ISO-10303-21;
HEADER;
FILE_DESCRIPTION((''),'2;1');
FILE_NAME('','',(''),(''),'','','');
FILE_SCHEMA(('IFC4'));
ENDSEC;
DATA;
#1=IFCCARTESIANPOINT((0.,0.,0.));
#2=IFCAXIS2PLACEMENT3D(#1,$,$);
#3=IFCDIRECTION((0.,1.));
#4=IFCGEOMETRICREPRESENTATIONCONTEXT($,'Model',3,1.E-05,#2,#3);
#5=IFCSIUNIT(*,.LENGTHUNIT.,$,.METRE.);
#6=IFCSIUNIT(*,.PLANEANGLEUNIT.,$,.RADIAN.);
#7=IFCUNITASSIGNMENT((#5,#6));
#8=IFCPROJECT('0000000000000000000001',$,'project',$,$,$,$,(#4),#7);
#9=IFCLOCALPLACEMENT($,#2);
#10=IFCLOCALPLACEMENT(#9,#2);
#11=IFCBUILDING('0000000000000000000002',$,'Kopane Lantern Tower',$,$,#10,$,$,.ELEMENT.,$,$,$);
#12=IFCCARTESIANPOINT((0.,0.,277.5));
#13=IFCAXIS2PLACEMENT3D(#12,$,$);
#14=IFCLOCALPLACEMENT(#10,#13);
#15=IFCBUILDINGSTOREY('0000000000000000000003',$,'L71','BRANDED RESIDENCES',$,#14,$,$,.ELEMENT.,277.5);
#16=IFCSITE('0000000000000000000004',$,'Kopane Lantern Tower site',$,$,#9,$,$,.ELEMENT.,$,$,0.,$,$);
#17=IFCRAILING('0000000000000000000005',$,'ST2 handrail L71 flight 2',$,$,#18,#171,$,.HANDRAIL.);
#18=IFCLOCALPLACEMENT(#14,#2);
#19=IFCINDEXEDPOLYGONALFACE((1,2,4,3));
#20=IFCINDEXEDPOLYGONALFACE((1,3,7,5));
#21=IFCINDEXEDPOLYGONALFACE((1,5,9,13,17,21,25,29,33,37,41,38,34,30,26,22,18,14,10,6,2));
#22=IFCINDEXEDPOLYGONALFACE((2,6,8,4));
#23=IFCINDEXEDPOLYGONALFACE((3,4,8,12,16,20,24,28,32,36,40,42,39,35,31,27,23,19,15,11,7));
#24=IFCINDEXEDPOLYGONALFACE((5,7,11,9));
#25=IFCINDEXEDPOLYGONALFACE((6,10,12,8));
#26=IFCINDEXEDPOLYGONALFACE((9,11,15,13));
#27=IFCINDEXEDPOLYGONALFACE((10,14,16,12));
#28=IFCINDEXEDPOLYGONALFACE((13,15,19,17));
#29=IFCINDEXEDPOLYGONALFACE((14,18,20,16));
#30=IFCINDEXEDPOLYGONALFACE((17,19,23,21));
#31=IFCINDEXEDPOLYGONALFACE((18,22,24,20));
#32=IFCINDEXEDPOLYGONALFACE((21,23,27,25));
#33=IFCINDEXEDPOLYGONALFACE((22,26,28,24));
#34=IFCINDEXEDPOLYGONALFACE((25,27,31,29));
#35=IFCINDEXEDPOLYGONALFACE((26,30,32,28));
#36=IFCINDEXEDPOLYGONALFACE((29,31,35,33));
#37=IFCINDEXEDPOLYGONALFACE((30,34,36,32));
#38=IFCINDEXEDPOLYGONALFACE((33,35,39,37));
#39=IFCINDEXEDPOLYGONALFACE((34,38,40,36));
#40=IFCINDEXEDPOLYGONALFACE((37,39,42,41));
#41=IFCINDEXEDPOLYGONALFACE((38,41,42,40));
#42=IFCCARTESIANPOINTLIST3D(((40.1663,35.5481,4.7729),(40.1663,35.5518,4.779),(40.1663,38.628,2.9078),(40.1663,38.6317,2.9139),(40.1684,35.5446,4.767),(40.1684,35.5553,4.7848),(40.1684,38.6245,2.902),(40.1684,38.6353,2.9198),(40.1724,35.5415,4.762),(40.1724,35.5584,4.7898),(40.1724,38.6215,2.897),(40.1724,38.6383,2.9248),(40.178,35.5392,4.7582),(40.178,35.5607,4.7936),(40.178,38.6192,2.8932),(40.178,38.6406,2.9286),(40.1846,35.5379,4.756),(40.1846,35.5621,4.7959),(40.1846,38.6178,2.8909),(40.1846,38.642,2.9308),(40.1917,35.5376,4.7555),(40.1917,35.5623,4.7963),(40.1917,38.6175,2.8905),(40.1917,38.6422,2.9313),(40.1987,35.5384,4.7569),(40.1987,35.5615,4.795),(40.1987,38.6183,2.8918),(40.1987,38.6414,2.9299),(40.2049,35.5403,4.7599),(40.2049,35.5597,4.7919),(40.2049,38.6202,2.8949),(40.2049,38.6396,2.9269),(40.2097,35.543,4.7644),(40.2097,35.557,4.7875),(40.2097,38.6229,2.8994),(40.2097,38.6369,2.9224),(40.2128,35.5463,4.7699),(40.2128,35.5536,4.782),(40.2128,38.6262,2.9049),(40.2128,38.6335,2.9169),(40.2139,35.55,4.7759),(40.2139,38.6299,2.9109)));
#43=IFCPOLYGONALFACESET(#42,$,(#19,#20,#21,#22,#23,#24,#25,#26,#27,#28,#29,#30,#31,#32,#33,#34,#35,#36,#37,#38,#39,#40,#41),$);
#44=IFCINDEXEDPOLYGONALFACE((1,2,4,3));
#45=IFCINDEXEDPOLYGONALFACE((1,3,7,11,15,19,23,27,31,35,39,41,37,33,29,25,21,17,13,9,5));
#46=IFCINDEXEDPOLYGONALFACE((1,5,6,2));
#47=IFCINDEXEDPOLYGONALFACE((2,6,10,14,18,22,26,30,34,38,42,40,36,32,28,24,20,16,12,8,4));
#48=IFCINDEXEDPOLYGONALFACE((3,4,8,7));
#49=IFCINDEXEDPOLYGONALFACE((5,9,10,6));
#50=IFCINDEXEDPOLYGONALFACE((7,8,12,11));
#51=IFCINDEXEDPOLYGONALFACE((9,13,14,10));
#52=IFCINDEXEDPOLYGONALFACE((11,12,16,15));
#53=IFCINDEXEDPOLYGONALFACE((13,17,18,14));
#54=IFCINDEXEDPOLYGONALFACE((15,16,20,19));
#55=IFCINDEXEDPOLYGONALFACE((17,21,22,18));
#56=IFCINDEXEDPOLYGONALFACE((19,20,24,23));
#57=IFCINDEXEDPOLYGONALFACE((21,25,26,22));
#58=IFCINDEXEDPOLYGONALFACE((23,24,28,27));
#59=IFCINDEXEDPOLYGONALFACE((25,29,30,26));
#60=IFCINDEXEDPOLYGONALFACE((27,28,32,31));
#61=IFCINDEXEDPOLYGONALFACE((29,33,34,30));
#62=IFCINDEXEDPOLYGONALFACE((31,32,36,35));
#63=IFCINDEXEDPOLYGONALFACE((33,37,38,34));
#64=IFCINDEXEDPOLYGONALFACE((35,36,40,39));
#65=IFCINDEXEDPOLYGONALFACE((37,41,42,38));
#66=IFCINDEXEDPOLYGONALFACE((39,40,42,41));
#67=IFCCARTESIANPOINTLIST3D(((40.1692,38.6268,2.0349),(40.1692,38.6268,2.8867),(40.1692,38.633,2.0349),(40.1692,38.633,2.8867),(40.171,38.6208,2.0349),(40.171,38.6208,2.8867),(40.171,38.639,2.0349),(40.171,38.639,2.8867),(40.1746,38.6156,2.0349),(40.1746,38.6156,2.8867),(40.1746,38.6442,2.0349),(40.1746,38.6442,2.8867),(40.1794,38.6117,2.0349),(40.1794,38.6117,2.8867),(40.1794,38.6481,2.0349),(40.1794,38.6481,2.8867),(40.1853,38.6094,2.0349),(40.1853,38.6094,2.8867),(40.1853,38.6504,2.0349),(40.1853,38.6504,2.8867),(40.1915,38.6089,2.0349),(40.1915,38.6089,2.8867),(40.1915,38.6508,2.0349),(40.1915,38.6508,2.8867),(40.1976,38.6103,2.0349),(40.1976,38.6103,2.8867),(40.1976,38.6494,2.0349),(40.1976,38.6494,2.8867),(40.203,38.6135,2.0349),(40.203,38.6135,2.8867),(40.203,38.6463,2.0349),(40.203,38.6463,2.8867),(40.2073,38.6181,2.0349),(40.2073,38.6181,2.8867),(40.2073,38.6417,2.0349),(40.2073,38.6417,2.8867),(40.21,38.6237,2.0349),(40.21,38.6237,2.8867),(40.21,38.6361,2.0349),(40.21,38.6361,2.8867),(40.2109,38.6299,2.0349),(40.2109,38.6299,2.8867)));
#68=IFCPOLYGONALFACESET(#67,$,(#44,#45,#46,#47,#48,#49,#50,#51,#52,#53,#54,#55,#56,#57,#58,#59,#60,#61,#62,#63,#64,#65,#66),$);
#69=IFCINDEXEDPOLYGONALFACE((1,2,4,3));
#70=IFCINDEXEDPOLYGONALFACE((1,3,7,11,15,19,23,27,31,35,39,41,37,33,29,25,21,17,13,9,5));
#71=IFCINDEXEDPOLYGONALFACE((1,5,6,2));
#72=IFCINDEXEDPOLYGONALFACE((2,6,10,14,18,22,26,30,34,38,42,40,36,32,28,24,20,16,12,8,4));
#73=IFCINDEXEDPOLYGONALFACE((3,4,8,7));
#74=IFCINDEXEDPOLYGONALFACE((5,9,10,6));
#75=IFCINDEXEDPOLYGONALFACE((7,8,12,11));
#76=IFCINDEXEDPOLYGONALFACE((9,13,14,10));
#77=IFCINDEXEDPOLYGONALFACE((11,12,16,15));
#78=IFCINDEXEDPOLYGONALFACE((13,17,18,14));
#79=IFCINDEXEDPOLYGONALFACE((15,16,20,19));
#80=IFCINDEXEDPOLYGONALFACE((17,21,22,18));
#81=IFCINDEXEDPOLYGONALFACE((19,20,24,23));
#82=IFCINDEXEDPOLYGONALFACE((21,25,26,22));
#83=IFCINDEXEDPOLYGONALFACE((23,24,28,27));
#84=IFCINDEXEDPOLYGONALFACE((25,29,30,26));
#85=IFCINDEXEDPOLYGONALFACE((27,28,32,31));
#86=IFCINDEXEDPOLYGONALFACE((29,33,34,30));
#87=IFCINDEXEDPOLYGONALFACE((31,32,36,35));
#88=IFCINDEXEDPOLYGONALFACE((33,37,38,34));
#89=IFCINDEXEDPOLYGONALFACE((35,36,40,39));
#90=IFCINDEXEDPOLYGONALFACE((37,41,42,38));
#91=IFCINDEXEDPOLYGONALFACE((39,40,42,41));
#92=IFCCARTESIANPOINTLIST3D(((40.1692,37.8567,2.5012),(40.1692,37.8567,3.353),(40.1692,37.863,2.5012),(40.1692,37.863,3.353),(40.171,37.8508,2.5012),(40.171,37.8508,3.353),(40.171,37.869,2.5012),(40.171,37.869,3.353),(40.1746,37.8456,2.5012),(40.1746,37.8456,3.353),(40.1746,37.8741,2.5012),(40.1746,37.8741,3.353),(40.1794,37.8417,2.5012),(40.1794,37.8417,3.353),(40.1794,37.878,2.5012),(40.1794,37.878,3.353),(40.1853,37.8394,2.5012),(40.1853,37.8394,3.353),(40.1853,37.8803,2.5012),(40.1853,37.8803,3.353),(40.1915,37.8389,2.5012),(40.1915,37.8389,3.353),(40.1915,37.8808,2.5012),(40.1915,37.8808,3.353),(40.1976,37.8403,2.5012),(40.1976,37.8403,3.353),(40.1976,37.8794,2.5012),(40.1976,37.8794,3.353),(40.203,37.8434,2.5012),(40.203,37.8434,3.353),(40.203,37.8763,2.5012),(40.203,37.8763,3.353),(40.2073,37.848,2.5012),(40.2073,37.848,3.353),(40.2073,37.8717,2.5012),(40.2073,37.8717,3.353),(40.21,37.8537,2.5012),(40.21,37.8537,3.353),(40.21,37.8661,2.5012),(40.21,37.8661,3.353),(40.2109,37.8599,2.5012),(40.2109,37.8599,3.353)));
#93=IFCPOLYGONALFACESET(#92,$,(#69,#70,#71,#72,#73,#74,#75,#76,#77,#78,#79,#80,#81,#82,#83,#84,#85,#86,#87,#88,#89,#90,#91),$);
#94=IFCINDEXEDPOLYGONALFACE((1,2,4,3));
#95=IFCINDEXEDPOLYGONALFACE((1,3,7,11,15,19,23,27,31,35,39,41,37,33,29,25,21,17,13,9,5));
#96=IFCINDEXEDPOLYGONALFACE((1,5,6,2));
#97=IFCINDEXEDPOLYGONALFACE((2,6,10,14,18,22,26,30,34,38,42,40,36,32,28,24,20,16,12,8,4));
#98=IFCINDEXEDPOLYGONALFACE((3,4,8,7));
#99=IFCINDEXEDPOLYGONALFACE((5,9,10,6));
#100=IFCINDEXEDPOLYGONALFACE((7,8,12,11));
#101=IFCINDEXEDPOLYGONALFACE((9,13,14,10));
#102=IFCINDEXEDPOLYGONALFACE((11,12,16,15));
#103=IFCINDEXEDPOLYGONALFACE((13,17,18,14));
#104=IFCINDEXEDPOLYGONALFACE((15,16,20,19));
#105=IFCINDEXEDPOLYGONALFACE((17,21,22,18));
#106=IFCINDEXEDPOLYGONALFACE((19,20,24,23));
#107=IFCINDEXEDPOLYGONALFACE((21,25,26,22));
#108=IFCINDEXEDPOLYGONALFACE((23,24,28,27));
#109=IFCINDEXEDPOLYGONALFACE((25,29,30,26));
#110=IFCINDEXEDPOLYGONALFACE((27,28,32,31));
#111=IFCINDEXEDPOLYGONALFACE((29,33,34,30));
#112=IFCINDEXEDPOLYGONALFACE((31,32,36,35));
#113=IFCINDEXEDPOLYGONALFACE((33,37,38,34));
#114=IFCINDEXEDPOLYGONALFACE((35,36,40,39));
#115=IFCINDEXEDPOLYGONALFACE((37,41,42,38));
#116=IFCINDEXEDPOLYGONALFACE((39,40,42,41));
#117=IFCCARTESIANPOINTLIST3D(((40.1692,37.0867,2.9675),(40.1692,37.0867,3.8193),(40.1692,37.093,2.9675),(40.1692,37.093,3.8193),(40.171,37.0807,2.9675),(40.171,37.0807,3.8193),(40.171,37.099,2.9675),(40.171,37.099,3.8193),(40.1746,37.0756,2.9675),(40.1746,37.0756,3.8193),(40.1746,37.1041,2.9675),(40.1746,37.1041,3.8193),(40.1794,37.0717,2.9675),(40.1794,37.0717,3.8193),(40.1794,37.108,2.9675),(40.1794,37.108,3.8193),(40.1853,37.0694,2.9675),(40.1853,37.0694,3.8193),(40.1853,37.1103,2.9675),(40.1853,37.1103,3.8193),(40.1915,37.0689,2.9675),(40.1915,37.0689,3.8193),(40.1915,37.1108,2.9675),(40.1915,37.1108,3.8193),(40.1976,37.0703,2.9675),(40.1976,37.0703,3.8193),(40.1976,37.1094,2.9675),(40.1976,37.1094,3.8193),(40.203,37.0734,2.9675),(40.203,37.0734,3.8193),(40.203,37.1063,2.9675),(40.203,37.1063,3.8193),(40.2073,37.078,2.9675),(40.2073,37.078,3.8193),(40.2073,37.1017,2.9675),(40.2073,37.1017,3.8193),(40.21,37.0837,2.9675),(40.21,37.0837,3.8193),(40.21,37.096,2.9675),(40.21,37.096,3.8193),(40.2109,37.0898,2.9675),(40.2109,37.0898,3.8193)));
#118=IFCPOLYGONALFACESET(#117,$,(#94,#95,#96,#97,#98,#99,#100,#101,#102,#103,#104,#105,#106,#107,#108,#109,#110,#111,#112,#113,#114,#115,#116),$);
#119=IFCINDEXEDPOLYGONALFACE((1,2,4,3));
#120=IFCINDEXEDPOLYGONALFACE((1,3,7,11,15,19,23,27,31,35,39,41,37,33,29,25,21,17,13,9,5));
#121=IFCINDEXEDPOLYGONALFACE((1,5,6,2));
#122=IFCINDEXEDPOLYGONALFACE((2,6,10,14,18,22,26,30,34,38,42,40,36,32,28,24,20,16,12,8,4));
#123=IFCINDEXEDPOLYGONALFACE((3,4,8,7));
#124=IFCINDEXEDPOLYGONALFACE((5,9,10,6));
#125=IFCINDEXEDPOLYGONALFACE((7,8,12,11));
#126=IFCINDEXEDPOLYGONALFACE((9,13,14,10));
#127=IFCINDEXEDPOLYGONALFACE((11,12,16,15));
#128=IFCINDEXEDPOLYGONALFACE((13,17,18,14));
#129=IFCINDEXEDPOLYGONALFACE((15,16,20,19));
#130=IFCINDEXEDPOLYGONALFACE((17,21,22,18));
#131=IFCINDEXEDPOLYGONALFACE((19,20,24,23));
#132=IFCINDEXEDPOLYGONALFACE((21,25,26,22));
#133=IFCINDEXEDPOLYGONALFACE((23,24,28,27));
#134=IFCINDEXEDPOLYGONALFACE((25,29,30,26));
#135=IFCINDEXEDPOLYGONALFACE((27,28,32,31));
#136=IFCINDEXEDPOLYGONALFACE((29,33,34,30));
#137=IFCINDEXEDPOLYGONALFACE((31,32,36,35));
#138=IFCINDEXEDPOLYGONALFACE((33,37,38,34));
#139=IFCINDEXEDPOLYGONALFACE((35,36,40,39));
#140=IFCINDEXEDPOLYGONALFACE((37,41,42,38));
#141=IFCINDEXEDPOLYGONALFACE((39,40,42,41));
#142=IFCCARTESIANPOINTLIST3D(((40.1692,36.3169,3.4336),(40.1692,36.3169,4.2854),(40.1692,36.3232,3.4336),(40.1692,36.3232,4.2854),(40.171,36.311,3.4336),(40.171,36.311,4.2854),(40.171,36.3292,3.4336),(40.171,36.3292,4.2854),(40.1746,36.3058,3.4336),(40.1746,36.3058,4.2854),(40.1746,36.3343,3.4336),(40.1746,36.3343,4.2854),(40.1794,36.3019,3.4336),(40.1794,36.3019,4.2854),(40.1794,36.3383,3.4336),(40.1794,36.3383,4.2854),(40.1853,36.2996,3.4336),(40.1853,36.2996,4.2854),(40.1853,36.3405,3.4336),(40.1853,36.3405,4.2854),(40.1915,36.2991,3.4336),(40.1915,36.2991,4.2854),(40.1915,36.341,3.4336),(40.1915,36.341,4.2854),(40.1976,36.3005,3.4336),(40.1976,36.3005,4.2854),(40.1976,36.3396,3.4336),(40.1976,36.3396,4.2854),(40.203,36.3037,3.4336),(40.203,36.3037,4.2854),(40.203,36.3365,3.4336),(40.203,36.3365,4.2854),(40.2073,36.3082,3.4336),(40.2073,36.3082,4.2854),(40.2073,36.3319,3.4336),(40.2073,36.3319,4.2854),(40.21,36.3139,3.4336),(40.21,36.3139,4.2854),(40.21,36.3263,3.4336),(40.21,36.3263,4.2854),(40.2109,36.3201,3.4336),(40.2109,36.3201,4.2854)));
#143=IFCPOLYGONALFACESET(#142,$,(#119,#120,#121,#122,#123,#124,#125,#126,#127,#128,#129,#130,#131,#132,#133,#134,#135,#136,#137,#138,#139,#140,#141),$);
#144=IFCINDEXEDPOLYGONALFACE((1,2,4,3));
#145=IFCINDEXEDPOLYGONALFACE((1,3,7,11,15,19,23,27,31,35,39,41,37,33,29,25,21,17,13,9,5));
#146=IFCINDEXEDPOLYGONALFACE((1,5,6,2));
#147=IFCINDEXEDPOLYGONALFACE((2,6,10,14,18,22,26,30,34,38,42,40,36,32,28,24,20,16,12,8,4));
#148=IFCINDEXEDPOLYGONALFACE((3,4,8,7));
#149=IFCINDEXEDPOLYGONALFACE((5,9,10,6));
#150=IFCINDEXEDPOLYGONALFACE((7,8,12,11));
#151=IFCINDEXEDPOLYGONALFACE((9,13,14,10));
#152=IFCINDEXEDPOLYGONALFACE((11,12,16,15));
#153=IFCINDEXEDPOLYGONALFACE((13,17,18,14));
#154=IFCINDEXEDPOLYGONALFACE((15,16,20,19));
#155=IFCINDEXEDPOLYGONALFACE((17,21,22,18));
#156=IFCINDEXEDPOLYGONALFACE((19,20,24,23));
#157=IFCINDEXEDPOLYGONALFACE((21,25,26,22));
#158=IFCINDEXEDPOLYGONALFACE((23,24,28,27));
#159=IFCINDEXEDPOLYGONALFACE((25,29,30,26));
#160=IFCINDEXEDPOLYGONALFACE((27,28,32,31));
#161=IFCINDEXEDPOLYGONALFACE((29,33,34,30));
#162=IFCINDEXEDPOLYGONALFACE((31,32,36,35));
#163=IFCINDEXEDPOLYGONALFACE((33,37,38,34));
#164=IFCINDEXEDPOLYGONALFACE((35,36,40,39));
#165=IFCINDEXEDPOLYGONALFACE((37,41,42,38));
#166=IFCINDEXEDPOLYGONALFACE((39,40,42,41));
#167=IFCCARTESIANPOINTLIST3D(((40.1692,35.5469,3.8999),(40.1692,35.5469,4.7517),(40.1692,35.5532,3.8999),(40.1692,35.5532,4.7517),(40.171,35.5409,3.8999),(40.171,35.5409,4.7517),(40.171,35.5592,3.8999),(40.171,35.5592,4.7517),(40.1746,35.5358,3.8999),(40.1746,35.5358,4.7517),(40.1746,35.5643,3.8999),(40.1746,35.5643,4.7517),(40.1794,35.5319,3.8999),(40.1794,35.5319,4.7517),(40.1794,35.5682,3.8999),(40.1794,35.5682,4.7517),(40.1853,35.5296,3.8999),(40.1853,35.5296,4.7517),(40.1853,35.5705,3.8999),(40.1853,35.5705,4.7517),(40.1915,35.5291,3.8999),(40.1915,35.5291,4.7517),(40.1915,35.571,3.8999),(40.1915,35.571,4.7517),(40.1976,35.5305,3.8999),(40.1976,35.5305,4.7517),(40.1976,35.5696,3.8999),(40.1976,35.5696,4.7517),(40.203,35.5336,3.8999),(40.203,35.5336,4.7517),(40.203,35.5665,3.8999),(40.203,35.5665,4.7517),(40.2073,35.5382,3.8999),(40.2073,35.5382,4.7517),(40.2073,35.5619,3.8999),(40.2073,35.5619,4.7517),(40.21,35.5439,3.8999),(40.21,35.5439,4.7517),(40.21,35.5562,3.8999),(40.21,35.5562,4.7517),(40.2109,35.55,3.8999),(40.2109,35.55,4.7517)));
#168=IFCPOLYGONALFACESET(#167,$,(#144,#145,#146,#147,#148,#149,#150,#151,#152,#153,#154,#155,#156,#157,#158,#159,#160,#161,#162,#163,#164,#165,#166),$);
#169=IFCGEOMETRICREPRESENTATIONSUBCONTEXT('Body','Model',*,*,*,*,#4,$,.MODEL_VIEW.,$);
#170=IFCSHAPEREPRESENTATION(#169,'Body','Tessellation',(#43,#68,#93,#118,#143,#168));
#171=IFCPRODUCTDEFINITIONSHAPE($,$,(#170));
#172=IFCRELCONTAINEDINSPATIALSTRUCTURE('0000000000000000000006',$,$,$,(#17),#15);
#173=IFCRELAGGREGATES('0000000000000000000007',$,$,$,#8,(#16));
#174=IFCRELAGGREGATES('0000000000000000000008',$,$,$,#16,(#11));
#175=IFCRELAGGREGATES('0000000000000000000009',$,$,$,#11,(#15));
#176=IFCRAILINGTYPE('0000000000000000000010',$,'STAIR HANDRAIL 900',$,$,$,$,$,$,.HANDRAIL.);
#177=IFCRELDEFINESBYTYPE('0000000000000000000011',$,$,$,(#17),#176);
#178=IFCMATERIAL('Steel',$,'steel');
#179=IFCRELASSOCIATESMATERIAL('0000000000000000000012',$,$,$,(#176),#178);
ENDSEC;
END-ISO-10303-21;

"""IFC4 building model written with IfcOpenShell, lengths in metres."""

from ifc_helpers import new_model, si_unit, direction, frame, origin, origin_2d, place, context, subcontext, project, spatial, circle, extrude, material, type_object, element, save


model = new_model("IFC4")

# Units and contexts
model_context = context("Model", 3, precision=1e-05, world=origin(), true_north=direction((0.0, 1.0)))
body_context = subcontext(model_context, "Body", "Model", "MODEL_VIEW")
ifc_project = project(units=[si_unit("LENGTHUNIT", "METRE"), si_unit("PLANEANGLEUNIT", "RADIAN")], contexts=[model_context])

# Site, building, storey
site_placement = place(None, origin())
site = spatial("IfcSite", under=ifc_project, at=site_placement, Name="Kopane Lantern Tower site", CompositionType="ELEMENT", RefElevation=0.0)
building_placement = place(site_placement, origin())
building = spatial("IfcBuilding", under=site, at=building_placement, Name="Kopane Lantern Tower", CompositionType="ELEMENT")
storey_placement = place(building_placement, frame((0.0, 0.0, 277.5)))
storey = spatial("IfcBuildingStorey", under=building, at=storey_placement, Name="L71", Description="BRANDED RESIDENCES", CompositionType="ELEMENT", Elevation=277.5)

# Railing
ifc_material_1 = material(Name="Steel", Category="steel")
railing_type = type_object("IfcRailingType", Name="STAIR HANDRAIL 900", PredefinedType="HANDRAIL", material=ifc_material_1)
for number, where, name in (
    (1, (40.1899, 38.6299, 2.0349), "ST2 handrail L71 flight 2"),
):
    element("IfcRailing", number, at=place(storey_placement, frame(where)), inside=storey, type_object=railing_type, Name=name, PredefinedType="HANDRAIL", context=body_context, shape_type="SweptSolid", body=[
        extrude(circle(Radius=0.0239, at=origin_2d()), frame((0.0, 0.0, 0.876), z_axis=(0.0, -0.855392, 0.517982), x_axis=(1.0, 0.0, 0.0)), (0.0, 0.0, 1.0), 3.6006),
        extrude(circle(Radius=0.021, at=origin_2d()), origin(), (0.0, 0.0, 1.0), 0.8518),
        extrude(circle(Radius=0.021, at=origin_2d()), frame((0.0, -0.77, 0.4663)), (0.0, 0.0, 1.0), 0.8518),
        extrude(circle(Radius=0.021, at=origin_2d()), frame((0.0, -1.54, 0.9326)), (0.0, 0.0, 1.0), 0.8518),
        extrude(circle(Radius=0.021, at=origin_2d()), frame((0.0, -2.3098, 1.3987)), (0.0, 0.0, 1.0), 0.8518),
        extrude(circle(Radius=0.021, at=origin_2d()), frame((0.0, -3.0798, 1.865)), (0.0, 0.0, 1.0), 0.8518),
    ])

save(model, "model.ifc")
